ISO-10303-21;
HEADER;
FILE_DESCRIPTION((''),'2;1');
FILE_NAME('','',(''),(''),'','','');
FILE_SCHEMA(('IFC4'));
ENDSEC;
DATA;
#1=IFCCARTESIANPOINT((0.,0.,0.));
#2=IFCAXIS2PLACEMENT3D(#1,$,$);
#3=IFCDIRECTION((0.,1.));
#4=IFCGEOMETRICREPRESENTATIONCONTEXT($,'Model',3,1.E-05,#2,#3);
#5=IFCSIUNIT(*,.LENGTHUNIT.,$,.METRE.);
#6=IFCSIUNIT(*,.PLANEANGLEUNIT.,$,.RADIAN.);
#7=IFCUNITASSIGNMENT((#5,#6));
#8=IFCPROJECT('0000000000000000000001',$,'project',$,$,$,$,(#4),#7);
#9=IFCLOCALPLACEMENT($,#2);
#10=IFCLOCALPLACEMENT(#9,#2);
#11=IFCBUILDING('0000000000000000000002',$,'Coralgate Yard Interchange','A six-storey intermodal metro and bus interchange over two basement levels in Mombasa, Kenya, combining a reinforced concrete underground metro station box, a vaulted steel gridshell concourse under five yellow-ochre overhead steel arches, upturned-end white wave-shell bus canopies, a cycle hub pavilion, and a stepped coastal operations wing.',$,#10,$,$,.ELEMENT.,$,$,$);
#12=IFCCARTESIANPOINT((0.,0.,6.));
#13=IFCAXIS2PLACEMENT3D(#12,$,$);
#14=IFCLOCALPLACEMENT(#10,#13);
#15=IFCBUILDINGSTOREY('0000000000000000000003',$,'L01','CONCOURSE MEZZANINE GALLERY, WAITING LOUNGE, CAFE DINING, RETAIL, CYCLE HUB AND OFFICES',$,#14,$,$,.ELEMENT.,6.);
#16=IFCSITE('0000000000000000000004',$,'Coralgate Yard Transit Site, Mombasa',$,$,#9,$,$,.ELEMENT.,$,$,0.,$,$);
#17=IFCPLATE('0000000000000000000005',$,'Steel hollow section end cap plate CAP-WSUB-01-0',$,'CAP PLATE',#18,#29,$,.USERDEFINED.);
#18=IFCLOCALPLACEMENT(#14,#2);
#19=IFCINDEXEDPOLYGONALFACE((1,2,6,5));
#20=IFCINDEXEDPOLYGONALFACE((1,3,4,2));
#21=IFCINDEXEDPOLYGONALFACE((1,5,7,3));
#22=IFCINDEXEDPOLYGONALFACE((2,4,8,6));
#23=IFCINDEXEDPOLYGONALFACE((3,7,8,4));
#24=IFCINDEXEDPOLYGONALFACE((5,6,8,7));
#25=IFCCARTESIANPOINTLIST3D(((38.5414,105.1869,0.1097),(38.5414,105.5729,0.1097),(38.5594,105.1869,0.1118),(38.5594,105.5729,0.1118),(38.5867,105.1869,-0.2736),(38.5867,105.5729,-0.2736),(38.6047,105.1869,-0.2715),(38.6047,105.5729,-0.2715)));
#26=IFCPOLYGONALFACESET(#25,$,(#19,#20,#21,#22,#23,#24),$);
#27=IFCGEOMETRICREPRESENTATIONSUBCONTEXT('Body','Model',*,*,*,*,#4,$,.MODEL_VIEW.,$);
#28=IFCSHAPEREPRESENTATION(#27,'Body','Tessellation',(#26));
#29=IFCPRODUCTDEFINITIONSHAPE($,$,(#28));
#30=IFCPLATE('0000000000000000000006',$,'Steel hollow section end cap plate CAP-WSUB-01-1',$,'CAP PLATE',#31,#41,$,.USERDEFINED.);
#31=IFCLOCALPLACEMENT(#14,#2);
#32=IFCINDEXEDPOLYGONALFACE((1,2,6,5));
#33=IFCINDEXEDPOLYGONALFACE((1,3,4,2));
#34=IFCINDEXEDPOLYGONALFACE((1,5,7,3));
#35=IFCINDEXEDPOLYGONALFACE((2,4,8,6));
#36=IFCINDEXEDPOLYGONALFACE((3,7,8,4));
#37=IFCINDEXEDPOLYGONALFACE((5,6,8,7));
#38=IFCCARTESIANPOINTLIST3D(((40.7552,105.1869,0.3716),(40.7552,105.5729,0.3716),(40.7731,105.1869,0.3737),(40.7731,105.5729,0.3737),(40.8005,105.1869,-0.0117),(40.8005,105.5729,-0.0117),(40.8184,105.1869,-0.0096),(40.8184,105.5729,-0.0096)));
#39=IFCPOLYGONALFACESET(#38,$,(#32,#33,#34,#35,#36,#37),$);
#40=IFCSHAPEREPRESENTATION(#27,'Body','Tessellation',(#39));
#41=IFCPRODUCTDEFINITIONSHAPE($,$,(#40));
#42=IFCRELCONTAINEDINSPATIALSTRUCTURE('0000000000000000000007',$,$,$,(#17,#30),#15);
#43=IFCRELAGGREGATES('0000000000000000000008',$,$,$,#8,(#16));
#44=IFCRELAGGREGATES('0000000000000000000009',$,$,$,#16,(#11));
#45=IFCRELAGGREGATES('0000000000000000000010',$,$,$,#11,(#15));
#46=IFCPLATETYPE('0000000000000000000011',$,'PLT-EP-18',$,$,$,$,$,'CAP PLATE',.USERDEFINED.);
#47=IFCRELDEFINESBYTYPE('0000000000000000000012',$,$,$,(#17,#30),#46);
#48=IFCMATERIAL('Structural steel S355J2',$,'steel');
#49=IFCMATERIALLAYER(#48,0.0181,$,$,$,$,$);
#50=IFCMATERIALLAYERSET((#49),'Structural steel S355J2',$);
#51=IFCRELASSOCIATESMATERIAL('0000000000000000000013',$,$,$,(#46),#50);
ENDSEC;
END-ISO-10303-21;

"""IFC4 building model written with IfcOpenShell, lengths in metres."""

from ifc_helpers import new_model, si_unit, direction, frame, origin, origin_2d, place, context, subcontext, project, spatial, rectangle, extrude, material, layer, layer_set, type_object, element, save


model = new_model("IFC4")

# Units and contexts
model_context = context("Model", 3, precision=1e-05, world=origin(), true_north=direction((0.0, 1.0)))
body_context = subcontext(model_context, "Body", "Model", "MODEL_VIEW")
ifc_project = project(units=[si_unit("LENGTHUNIT", "METRE"), si_unit("PLANEANGLEUNIT", "RADIAN")], contexts=[model_context])

# Site, building, storey
site_placement = place(None, origin())
site = spatial("IfcSite", under=ifc_project, at=site_placement, Name="Coralgate Yard Transit Site, Mombasa", CompositionType="ELEMENT", RefElevation=0.0)
building_placement = place(site_placement, origin())
building = spatial("IfcBuilding", under=site, at=building_placement, Name="Coralgate Yard Interchange", Description="A six-storey intermodal metro and bus interchange over two basement levels in Mombasa, Kenya, combining a reinforced concrete underground metro station box, a vaulted steel gridshell concourse under five yellow-ochre overhead steel arches, upturned-end white wave-shell bus canopies, a cycle hub pavilion, and a stepped coastal operations wing.", CompositionType="ELEMENT")
storey_placement = place(building_placement, frame((0.0, 0.0, 6.0)))
storey = spatial("IfcBuildingStorey", under=building, at=storey_placement, Name="L01", Description="CONCOURSE MEZZANINE GALLERY, WAITING LOUNGE, CAFE DINING, RETAIL, CYCLE HUB AND OFFICES", CompositionType="ELEMENT", Elevation=6.0)

# Shared definitions
ifc_material_1 = material(Name="Structural steel S355J2", Category="steel")

# Plates
ifc_layer_1 = layer(ifc_material_1, 0.0181)
ifc_layer_set_1 = layer_set([ifc_layer_1], Name="Structural steel S355J2")
plate_type_1 = type_object("IfcPlateType", Name="PLT-EP-18", ElementType="CAP PLATE", PredefinedType="USERDEFINED", material=ifc_layer_set_1)
for number, where, z_axis, x_axis, name in (
    (1, (38.582, 105.3799, -0.0798), (-0.993089, 0.0, -0.117365), (0.0, -1.0, 0.0), "Steel hollow section end cap plate CAP-WSUB-01-0"),
    (2, (40.7778, 105.3799, 0.1799), (0.993089, 0.0, 0.117365), (0.0, 1.0, 0.0), "Steel hollow section end cap plate CAP-WSUB-01-1"),
):
    element("IfcPlate", number, at=place(storey_placement, frame(where, z_axis=z_axis, x_axis=x_axis)), inside=storey, type_object=plate_type_1, Name=name, ObjectType="CAP PLATE", PredefinedType="USERDEFINED", context=body_context, shape_type="SweptSolid", body=[
        extrude(rectangle(XDim=0.386, YDim=0.386, at=origin_2d()), origin(), (0.0, 0.0, 1.0), 0.0181),
    ])

save(model, "model.ifc")
